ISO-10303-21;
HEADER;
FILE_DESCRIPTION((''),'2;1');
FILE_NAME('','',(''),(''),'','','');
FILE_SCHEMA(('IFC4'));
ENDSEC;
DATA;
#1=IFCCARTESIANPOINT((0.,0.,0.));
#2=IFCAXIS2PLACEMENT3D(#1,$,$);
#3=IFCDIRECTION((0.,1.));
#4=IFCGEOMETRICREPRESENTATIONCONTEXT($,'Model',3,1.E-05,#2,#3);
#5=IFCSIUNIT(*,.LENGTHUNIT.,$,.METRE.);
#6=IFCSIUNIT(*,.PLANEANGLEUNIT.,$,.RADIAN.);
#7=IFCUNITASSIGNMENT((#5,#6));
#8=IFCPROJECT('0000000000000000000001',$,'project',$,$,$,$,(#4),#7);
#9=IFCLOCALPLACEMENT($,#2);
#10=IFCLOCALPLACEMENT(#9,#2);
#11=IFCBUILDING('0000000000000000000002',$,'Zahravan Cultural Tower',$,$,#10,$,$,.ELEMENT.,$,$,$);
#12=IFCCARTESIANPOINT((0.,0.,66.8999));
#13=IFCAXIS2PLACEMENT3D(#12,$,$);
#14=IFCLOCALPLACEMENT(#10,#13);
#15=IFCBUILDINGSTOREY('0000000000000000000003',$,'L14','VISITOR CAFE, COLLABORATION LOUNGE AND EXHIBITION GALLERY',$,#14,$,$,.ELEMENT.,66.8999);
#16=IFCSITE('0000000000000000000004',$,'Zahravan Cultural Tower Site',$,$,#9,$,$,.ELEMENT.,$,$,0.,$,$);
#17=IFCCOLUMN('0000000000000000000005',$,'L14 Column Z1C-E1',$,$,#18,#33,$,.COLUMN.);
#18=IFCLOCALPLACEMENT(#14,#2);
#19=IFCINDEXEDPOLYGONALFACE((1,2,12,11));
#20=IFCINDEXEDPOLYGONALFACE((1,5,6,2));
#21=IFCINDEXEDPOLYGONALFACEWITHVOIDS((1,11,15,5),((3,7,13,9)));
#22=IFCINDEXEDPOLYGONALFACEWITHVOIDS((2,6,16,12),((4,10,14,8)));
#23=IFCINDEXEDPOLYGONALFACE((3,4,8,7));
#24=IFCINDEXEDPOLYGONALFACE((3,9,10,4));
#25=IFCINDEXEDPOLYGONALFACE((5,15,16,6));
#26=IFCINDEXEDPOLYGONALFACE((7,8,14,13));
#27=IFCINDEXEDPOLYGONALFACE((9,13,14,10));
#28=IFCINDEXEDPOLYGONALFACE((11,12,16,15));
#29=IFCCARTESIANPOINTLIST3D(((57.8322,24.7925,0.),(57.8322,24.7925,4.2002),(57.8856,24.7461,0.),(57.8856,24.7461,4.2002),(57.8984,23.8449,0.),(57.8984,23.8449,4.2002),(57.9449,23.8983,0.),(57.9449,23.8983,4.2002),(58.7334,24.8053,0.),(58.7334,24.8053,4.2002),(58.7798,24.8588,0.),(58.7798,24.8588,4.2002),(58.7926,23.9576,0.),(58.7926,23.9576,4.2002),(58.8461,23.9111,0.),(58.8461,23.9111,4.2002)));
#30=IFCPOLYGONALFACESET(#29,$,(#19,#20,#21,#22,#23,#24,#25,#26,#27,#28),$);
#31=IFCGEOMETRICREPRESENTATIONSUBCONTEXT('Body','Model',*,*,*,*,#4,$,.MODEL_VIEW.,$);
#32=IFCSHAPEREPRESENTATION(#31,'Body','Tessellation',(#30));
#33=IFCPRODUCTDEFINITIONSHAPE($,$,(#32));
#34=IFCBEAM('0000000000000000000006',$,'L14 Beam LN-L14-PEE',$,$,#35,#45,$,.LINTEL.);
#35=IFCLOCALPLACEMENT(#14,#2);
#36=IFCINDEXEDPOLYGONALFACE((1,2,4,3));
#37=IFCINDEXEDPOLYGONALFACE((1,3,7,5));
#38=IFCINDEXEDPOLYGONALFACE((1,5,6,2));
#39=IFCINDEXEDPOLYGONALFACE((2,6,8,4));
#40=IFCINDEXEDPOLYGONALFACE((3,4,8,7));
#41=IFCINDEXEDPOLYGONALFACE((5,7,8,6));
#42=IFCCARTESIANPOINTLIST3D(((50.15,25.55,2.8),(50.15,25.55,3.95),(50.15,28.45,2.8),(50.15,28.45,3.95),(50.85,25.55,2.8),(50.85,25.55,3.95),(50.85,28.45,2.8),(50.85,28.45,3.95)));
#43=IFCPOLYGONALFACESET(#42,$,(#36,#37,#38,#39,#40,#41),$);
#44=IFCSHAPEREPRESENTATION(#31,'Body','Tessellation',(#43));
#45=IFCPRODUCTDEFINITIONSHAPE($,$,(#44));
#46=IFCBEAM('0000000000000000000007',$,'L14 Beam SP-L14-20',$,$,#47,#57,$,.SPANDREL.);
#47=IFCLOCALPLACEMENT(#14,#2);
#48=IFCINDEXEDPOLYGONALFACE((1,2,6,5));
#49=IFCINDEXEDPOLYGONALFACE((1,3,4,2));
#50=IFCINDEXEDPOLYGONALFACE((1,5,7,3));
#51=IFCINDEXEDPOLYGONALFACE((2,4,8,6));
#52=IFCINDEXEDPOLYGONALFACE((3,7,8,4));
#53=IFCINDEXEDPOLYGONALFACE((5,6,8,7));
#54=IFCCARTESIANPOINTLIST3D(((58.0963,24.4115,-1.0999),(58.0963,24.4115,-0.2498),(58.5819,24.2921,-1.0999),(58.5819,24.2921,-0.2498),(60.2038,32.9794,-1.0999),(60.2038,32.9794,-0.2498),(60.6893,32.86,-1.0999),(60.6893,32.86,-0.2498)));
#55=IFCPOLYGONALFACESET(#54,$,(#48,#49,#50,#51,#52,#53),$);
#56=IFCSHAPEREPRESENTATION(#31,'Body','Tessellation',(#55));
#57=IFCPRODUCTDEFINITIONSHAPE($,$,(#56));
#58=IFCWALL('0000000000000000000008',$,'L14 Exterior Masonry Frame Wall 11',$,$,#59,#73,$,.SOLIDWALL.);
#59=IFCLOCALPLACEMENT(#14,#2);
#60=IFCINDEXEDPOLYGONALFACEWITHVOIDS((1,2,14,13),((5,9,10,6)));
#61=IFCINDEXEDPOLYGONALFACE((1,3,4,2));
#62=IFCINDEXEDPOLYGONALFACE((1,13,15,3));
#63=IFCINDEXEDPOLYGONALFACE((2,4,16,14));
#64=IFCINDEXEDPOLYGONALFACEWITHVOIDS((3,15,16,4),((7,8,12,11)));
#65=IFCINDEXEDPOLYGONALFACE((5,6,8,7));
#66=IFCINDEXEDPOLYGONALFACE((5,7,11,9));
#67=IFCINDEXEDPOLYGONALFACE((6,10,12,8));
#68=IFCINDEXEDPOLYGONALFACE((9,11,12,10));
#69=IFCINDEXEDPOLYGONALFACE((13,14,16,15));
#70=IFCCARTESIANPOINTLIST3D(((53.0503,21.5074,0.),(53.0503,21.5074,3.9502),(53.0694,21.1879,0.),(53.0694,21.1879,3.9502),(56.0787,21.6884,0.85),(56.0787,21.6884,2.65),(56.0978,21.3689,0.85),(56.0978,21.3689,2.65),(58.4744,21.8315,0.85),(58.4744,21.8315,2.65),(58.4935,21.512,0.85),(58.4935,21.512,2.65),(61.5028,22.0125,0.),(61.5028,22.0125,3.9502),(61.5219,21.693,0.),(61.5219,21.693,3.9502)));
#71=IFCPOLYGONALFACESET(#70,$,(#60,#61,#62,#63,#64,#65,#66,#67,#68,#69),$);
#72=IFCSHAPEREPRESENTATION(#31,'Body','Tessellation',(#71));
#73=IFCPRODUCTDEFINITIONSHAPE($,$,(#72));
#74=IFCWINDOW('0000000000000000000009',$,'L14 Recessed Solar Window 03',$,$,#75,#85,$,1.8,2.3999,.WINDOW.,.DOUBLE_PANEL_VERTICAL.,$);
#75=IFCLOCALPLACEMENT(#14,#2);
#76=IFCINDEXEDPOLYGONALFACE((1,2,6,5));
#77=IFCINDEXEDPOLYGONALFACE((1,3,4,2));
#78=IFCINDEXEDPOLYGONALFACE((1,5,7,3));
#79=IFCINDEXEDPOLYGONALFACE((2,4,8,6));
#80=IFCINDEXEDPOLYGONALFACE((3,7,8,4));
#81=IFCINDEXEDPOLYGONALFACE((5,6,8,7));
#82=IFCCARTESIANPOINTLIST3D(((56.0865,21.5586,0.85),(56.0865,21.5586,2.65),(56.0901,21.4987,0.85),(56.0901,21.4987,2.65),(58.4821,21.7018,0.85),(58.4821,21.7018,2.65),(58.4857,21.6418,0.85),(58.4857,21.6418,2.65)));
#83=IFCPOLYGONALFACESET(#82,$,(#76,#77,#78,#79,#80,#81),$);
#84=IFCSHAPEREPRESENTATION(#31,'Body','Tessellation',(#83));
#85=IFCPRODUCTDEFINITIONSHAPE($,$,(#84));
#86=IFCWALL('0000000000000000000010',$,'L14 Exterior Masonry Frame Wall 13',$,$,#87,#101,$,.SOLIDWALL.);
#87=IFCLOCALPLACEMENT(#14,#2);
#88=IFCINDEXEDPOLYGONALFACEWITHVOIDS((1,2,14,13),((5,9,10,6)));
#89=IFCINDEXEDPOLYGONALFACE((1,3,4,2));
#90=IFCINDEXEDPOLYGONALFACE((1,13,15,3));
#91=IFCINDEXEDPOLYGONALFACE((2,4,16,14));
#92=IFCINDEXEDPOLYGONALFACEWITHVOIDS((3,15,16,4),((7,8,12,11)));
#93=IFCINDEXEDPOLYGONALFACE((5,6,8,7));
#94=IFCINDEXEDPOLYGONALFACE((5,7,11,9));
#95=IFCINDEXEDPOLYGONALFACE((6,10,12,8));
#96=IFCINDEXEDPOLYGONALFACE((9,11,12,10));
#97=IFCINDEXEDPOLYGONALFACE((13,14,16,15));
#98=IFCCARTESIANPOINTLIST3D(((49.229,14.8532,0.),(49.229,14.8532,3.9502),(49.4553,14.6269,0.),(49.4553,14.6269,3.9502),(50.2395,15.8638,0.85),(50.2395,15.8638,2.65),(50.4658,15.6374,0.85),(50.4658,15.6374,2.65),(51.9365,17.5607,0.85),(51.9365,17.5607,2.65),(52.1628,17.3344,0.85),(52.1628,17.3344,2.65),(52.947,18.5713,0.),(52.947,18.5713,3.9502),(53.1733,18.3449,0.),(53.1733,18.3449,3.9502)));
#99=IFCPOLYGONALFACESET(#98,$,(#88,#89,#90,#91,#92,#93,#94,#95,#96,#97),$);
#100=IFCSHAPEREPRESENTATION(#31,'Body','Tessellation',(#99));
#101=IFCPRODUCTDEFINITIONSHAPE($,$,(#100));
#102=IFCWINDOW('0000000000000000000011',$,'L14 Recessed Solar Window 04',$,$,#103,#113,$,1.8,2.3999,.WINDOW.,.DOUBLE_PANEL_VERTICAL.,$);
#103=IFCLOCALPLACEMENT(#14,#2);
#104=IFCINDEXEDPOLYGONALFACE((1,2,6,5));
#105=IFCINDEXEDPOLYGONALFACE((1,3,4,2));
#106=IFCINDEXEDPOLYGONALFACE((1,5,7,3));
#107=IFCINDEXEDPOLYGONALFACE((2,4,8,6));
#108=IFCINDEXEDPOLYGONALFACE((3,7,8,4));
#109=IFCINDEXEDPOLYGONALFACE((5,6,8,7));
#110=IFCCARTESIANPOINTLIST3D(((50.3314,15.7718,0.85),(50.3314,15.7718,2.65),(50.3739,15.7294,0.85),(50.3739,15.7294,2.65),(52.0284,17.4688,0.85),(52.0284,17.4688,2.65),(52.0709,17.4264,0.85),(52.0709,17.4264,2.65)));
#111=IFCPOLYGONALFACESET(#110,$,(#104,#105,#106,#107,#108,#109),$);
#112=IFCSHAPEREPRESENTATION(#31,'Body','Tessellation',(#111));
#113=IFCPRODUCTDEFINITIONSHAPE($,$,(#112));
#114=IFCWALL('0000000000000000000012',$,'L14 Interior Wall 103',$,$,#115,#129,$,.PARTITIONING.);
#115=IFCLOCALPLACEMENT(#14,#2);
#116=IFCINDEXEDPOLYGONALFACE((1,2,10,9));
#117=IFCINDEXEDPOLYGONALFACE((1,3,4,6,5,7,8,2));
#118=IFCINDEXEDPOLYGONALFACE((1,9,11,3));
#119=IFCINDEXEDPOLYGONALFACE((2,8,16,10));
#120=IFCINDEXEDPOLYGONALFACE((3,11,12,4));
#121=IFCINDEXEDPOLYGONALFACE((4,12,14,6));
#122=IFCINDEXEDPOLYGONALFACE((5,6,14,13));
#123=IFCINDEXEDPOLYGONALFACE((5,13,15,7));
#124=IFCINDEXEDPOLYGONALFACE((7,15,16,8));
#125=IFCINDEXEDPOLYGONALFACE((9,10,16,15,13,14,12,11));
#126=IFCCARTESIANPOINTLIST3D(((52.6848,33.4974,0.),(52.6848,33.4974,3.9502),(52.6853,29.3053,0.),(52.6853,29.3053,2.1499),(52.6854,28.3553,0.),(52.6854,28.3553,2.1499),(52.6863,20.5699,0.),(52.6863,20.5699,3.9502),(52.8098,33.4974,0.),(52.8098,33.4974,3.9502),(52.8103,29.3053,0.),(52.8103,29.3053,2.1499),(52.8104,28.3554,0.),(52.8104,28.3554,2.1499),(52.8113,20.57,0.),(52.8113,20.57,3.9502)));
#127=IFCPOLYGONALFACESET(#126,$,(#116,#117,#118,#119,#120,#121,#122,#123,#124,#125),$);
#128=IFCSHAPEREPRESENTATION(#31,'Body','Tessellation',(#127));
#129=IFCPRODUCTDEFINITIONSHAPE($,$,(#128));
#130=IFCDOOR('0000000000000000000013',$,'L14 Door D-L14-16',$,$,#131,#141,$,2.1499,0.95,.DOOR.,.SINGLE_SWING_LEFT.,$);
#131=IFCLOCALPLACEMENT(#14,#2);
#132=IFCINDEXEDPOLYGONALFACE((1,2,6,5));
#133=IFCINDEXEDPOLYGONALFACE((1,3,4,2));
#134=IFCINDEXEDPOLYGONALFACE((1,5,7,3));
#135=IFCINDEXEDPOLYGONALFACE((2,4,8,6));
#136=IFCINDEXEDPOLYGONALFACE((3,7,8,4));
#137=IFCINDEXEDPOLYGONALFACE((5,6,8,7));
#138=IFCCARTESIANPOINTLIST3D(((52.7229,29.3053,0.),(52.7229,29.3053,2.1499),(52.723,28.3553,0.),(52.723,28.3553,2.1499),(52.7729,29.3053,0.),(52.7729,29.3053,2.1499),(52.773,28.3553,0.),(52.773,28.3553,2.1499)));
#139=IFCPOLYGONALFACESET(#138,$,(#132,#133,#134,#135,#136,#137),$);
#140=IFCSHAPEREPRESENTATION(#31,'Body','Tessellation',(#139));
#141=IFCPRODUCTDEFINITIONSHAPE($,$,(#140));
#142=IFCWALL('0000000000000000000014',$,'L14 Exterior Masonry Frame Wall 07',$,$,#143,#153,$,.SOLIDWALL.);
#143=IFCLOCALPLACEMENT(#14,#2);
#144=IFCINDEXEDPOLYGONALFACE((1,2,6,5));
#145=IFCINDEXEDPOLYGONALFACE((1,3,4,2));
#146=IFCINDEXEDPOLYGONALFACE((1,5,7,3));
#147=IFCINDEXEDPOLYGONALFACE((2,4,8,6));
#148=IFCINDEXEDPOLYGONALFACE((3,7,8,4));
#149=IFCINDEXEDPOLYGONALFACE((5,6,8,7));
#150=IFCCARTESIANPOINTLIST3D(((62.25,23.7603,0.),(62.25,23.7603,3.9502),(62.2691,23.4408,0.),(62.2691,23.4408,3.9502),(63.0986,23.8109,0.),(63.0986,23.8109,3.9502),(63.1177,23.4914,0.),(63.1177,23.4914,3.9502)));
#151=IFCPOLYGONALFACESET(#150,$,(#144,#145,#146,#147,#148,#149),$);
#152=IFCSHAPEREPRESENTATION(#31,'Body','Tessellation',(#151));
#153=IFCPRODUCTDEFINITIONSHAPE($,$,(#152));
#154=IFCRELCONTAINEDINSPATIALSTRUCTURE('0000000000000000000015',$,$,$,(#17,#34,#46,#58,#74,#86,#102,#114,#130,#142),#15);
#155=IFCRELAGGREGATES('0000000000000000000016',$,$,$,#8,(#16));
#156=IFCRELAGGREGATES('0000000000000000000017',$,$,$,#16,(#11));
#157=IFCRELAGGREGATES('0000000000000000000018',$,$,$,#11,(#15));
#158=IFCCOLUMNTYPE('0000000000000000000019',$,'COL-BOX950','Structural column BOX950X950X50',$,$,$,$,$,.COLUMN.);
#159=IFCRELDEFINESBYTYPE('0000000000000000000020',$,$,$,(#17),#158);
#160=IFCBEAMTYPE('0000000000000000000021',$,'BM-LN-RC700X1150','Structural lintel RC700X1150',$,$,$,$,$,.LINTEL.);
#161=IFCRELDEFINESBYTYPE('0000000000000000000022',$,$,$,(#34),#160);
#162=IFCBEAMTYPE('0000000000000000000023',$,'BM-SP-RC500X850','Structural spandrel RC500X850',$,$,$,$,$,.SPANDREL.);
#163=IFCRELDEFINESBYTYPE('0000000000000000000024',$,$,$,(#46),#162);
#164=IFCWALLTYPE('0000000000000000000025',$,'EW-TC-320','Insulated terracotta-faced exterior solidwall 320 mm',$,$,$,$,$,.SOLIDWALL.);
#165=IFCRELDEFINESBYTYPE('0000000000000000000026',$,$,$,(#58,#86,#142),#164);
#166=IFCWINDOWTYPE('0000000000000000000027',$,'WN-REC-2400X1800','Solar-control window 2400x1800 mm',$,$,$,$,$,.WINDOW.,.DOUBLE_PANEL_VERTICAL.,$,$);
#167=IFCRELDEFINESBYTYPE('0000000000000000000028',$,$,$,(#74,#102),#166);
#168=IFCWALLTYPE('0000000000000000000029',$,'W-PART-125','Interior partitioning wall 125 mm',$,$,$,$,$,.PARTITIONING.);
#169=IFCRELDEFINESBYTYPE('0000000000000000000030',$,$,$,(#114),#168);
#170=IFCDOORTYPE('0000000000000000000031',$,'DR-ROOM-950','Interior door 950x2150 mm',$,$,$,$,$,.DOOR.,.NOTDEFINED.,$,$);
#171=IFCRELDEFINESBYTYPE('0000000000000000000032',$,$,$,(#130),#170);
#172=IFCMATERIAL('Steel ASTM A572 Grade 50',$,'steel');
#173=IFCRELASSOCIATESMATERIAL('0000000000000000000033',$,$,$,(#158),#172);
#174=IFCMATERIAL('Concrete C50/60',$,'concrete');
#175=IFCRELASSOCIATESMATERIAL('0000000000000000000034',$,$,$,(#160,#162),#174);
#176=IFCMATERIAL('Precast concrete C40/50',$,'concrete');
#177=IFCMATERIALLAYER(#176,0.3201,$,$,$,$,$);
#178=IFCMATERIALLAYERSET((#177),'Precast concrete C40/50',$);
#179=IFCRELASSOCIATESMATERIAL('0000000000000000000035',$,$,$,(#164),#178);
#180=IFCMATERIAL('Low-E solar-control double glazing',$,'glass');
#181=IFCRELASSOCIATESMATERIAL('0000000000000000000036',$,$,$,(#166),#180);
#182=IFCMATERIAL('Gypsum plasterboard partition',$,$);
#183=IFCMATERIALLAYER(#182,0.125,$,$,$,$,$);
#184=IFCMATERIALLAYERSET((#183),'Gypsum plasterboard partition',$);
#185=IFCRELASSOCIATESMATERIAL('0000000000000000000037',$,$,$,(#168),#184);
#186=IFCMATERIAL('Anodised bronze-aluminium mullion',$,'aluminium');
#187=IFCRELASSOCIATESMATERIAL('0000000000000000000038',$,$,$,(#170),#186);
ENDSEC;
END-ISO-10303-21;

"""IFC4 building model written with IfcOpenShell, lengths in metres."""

from ifc_helpers import new_model, si_unit, direction, frame, frame_2d, origin, origin_2d, place, context, subcontext, project, spatial, rectangle, hollow_rectangle, extrude, source, transform, mapped, material, layer, layer_set, material_profile, profile_set, type_object, element, fill, save


model = new_model("IFC4")

# Units and contexts
model_context = context("Model", 3, precision=1e-05, world=origin(), true_north=direction((0.0, 1.0)))
body_context = subcontext(model_context, "Body", "Model", "MODEL_VIEW")
ifc_project = project(units=[si_unit("LENGTHUNIT", "METRE"), si_unit("PLANEANGLEUNIT", "RADIAN")], contexts=[model_context])

# Site, building, storey
site_placement = place(None, origin())
site = spatial("IfcSite", under=ifc_project, at=site_placement, Name="Zahravan Cultural Tower Site", CompositionType="ELEMENT", RefElevation=0.0)
building_placement = place(site_placement, origin())
building = spatial("IfcBuilding", under=site, at=building_placement, Name="Zahravan Cultural Tower", CompositionType="ELEMENT")
storey_placement = place(building_placement, frame((0.0, 0.0, 66.8999)))
storey = spatial("IfcBuildingStorey", under=building, at=storey_placement, Name="L14", Description="VISITOR CAFE, COLLABORATION LOUNGE AND EXHIBITION GALLERY", CompositionType="ELEMENT", Elevation=66.8999)

# Column
ifc_material_1 = material(Name="Steel ASTM A572 Grade 50", Category="steel")
ifc_material_profile_1 = material_profile(ifc_material_1, hollow_rectangle(XDim=0.95, YDim=0.95, WallThickness=0.05, at=origin_2d()), Name="BOX950X950X50")
ifc_profile_set_1 = profile_set([ifc_material_profile_1], Name="Steel ASTM A572 Grade 50")
column_type = type_object("IfcColumnType", Name="COL-BOX950", Description="Structural column BOX950X950X50", PredefinedType="COLUMN", material=ifc_profile_set_1)
shared_shape_1 = source(origin(), body_context, "Body", "SweptSolid", [
    extrude(hollow_rectangle(XDim=0.95, YDim=0.95, WallThickness=0.05, at=origin_2d()), origin(), (0.0, 0.0, 1.0), 4.2002),
])
column_placement = place(storey_placement, frame((58.3391, 24.3518, 0.0), z_axis=(0.0, 0.0, 1.0), x_axis=(0.997564, 0.069756, 0.0)))
element("IfcColumn", 1, at=column_placement, inside=storey, type_object=column_type, Name="L14 Column Z1C-E1", PredefinedType="COLUMN", context=body_context, shape_type="MappedRepresentation", body=[
    mapped(shared_shape_1, transform((0.0, 0.0, 0.0), x_axis=(1.0, 0.0, 0.0), y_axis=(0.0, 1.0, 0.0), z_axis=(0.0, 0.0, 1.0), scale=1.0)),
])

# Beams
ifc_material_2 = material(Name="Concrete C50/60", Category="concrete")
ifc_material_profile_2 = material_profile(ifc_material_2, rectangle(XDim=0.7, YDim=1.1499, at=origin_2d()), Name="RC700X1150")
ifc_profile_set_2 = profile_set([ifc_material_profile_2], Name="Concrete C50/60")
beam_type_1 = type_object("IfcBeamType", Name="BM-LN-RC700X1150", Description="Structural lintel RC700X1150", PredefinedType="LINTEL", material=ifc_profile_set_2)
shared_shape_2 = source(origin(), body_context, "Body", "SweptSolid", [
    extrude(rectangle(XDim=0.7, YDim=1.1499, at=origin_2d()), origin(), (0.0, 0.0, 1.0), 2.8999),
])
beam_1_placement = place(storey_placement, frame((50.5, 25.55, 3.375), z_axis=(0.0, 1.0, 0.0), x_axis=(-1.0, 0.0, 0.0)))
element("IfcBeam", 2, at=beam_1_placement, inside=storey, type_object=beam_type_1, Name="L14 Beam LN-L14-PEE", PredefinedType="LINTEL", context=body_context, shape_type="MappedRepresentation", body=[
    mapped(shared_shape_2, transform((0.0, 0.0, 0.0), x_axis=(1.0, 0.0, 0.0), y_axis=(0.0, 1.0, 0.0), z_axis=(0.0, 0.0, 1.0), scale=1.0)),
])
ifc_material_profile_3 = material_profile(ifc_material_2, rectangle(XDim=0.5, YDim=0.8501, at=origin_2d()), Name="RC500X850")
ifc_profile_set_3 = profile_set([ifc_material_profile_3], Name="Concrete C50/60")
beam_type_2 = type_object("IfcBeamType", Name="BM-SP-RC500X850", Description="Structural spandrel RC500X850", PredefinedType="SPANDREL", material=ifc_profile_set_3)
shared_shape_3 = source(origin(), body_context, "Body", "SweptSolid", [
    extrude(rectangle(XDim=0.5, YDim=0.8501, at=origin_2d()), origin(), (0.0, 0.0, 1.0), 8.8232),
])
beam_2_placement = place(storey_placement, frame((58.3391, 24.3518, -0.6748), z_axis=(0.238849, 0.971057, 0.0), x_axis=(-0.971057, 0.238849, 0.0)))
element("IfcBeam", 3, at=beam_2_placement, inside=storey, type_object=beam_type_2, Name="L14 Beam SP-L14-20", PredefinedType="SPANDREL", context=body_context, shape_type="MappedRepresentation", body=[
    mapped(shared_shape_3, transform((0.0, 0.0, 0.0), x_axis=(1.0, 0.0, 0.0), y_axis=(0.0, 1.0, 0.0), z_axis=(0.0, 0.0, 1.0), scale=1.0)),
])

# Walls, openings, windows
ifc_material_3 = material(Name="Precast concrete C40/50", Category="concrete")
ifc_layer_1 = layer(ifc_material_3, 0.3201)
ifc_layer_set_1 = layer_set([ifc_layer_1], Name="Precast concrete C40/50")
wall_type_1 = type_object("IfcWallType", Name="EW-TC-320", Description="Insulated terracotta-faced exterior solidwall 320 mm", PredefinedType="SOLIDWALL", material=ifc_layer_set_1)
wall_1_placement = place(storey_placement, frame((61.5125, 21.8528, 0.0), z_axis=(0.0, 0.0, 1.0), x_axis=(-0.998219, -0.059655, 0.0)))
wall_1 = element("IfcWall", 4, at=wall_1_placement, inside=storey, type_object=wall_type_1, Name="L14 Exterior Masonry Frame Wall 11", PredefinedType="SOLIDWALL", context=body_context, shape_type="SweptSolid", body=[
    extrude(rectangle(XDim=8.4675, YDim=0.3201, at=frame_2d((4.2339, 0.0))), origin(), (0.0, 0.0, 1.0), 3.9502),
])
opening_1_placement = place(wall_1_placement, frame((3.0339, 0.0, 0.8501)))
opening_1 = element("IfcOpeningElement", 5, at=opening_1_placement, cuts=wall_1, PredefinedType="OPENING", context=body_context, shape_type="SweptSolid", body=[
    extrude(rectangle(XDim=2.3999, YDim=1.8, at=frame_2d((1.2, 0.8999))), frame((0.0, 0.1699, 0.0), z_axis=(0.0, -1.0, 0.0), x_axis=(1.0, 0.0, 0.0)), (0.0, 0.0, 1.0), 0.3401),
])
ifc_material_4 = material(Name="Low-E solar-control double glazing", Category="glass")
window_type = type_object("IfcWindowType", Name="WN-REC-2400X1800", Description="Solar-control window 2400x1800 mm", PartitioningType="DOUBLE_PANEL_VERTICAL", PredefinedType="WINDOW", material=ifc_material_4)
shared_shape_4 = source(origin(), body_context, "Body", "SweptSolid", [
    extrude(rectangle(XDim=2.3999, YDim=1.8, at=frame_2d((1.2, 0.8999))), frame((0.0, 0.03, 0.0), z_axis=(0.0, -1.0, 0.0), x_axis=(1.0, 0.0, 0.0)), (0.0, 0.0, 1.0), 0.0601),
])
window_1_placement = place(opening_1_placement, origin())
window_1 = element("IfcWindow", 6, at=window_1_placement, inside=storey, type_object=window_type, Name="L14 Recessed Solar Window 03", OverallHeight=1.8, OverallWidth=2.3999, PartitioningType="DOUBLE_PANEL_VERTICAL", PredefinedType="WINDOW", context=body_context, shape_type="MappedRepresentation", body=[
    mapped(shared_shape_4, transform((0.0, 0.0, 0.0), x_axis=(1.0, 0.0, 0.0), y_axis=(0.0, 1.0, 0.0), z_axis=(0.0, 0.0, 1.0), scale=1.0)),
])
fill(opening_1, window_1)
wall_2_placement = place(storey_placement, frame((53.0601, 18.458, 0.0), z_axis=(0.0, 0.0, 1.0), x_axis=(-0.707107, -0.707107, 0.0)))
wall_2 = element("IfcWall", 7, at=wall_2_placement, inside=storey, type_object=wall_type_1, Name="L14 Exterior Masonry Frame Wall 13", PredefinedType="SOLIDWALL", context=body_context, shape_type="SweptSolid", body=[
    extrude(rectangle(XDim=5.2581, YDim=0.3201, at=frame_2d((2.6289, 0.0))), origin(), (0.0, 0.0, 1.0), 3.9502),
])
opening_2_placement = place(wall_2_placement, frame((1.429, 0.0, 0.8501)))
opening_2 = element("IfcOpeningElement", 8, at=opening_2_placement, cuts=wall_2, PredefinedType="OPENING", context=body_context, shape_type="SweptSolid", body=[
    extrude(rectangle(XDim=2.3999, YDim=1.8, at=frame_2d((1.2, 0.8999))), frame((0.0, 0.1699, 0.0), z_axis=(0.0, -1.0, 0.0), x_axis=(1.0, 0.0, 0.0)), (0.0, 0.0, 1.0), 0.3401),
])
window_2_placement = place(opening_2_placement, origin())
window_2 = element("IfcWindow", 9, at=window_2_placement, inside=storey, type_object=window_type, Name="L14 Recessed Solar Window 04", OverallHeight=1.8, OverallWidth=2.3999, PartitioningType="DOUBLE_PANEL_VERTICAL", PredefinedType="WINDOW", context=body_context, shape_type="MappedRepresentation", body=[
    mapped(shared_shape_4, transform((0.0, 0.0, 0.0), x_axis=(1.0, 0.0, 0.0), y_axis=(0.0, 1.0, 0.0), z_axis=(0.0, 0.0, 1.0), scale=1.0)),
])
fill(opening_2, window_2)

# Wall, opening, door
ifc_material_5 = material(Name="Gypsum plasterboard partition")
ifc_layer_2 = layer(ifc_material_5, 0.125)
ifc_layer_set_2 = layer_set([ifc_layer_2], Name="Gypsum plasterboard partition")
wall_type_2 = type_object("IfcWallType", Name="W-PART-125", Description="Interior partitioning wall 125 mm", PredefinedType="PARTITIONING", material=ifc_layer_set_2)
wall_3_placement = place(storey_placement, frame((52.7488, 20.5698, 0.0), z_axis=(0.0, 0.0, 1.0), x_axis=(-0.000113, 1.0, 0.0)))
wall_3 = element("IfcWall", 10, at=wall_3_placement, inside=storey, type_object=wall_type_2, Name="L14 Interior Wall 103", PredefinedType="PARTITIONING", context=body_context, shape_type="SweptSolid", body=[
    extrude(rectangle(XDim=12.9275, YDim=0.125, at=frame_2d((6.4639, 0.0))), origin(), (0.0, 0.0, 1.0), 3.9502),
])
opening_3_placement = place(wall_3_placement, frame((7.7854, 0.0, 0.0)))
opening_3 = element("IfcOpeningElement", 11, at=opening_3_placement, cuts=wall_3, PredefinedType="OPENING", context=body_context, shape_type="SweptSolid", body=[
    extrude(rectangle(XDim=0.95, YDim=2.1499, at=frame_2d((0.4751, 1.075))), frame((0.0, 0.0725, 0.0), z_axis=(0.0, -1.0, 0.0), x_axis=(1.0, 0.0, 0.0)), (0.0, 0.0, 1.0), 0.145),
])
ifc_material_6 = material(Name="Anodised bronze-aluminium mullion", Category="aluminium")
door_type = type_object("IfcDoorType", Name="DR-ROOM-950", Description="Interior door 950x2150 mm", OperationType="NOTDEFINED", PredefinedType="DOOR", material=ifc_material_6)
shared_shape_5 = source(origin(), body_context, "Body", "SweptSolid", [
    extrude(rectangle(XDim=0.95, YDim=2.1499, at=frame_2d((0.4751, 1.075))), frame((0.0, 0.0249, 0.0), z_axis=(0.0, -1.0, 0.0), x_axis=(1.0, 0.0, 0.0)), (0.0, 0.0, 1.0), 0.05),
])
door_placement = place(opening_3_placement, origin())
door = element("IfcDoor", 12, at=door_placement, inside=storey, type_object=door_type, Name="L14 Door D-L14-16", OperationType="SINGLE_SWING_LEFT", OverallHeight=2.1499, OverallWidth=0.95, PredefinedType="DOOR", context=body_context, shape_type="MappedRepresentation", body=[
    mapped(shared_shape_5, transform((0.0, 0.0, 0.0), x_axis=(1.0, 0.0, 0.0), y_axis=(0.0, 1.0, 0.0), z_axis=(0.0, 0.0, 1.0), scale=1.0)),
])
fill(opening_3, door)

# Wall
shared_shape_6 = source(origin(), body_context, "Body", "SweptSolid", [
    extrude(rectangle(XDim=0.8501, YDim=0.3201, at=frame_2d((0.425, 0.0))), origin(), (0.0, 0.0, 1.0), 3.9502),
])
for number, where, z_axis, x_axis, name in (
    (13, (63.1082, 23.6511, 0.0), (0.0, 0.0, 1.0), (-0.998232, -0.059446, 0.0), "L14 Exterior Masonry Frame Wall 07"),
):
    element("IfcWall", number, at=place(storey_placement, frame(where, z_axis=z_axis, x_axis=x_axis)), inside=storey, type_object=wall_type_1, Name=name, PredefinedType="SOLIDWALL", context=body_context, shape_type="MappedRepresentation", body=[
        mapped(shared_shape_6, transform((0.0, 0.0, 0.0), x_axis=(1.0, 0.0, 0.0), y_axis=(0.0, 1.0, 0.0), z_axis=(0.0, 0.0, 1.0), scale=1.0)),
    ])

save(model, "model.ifc")
